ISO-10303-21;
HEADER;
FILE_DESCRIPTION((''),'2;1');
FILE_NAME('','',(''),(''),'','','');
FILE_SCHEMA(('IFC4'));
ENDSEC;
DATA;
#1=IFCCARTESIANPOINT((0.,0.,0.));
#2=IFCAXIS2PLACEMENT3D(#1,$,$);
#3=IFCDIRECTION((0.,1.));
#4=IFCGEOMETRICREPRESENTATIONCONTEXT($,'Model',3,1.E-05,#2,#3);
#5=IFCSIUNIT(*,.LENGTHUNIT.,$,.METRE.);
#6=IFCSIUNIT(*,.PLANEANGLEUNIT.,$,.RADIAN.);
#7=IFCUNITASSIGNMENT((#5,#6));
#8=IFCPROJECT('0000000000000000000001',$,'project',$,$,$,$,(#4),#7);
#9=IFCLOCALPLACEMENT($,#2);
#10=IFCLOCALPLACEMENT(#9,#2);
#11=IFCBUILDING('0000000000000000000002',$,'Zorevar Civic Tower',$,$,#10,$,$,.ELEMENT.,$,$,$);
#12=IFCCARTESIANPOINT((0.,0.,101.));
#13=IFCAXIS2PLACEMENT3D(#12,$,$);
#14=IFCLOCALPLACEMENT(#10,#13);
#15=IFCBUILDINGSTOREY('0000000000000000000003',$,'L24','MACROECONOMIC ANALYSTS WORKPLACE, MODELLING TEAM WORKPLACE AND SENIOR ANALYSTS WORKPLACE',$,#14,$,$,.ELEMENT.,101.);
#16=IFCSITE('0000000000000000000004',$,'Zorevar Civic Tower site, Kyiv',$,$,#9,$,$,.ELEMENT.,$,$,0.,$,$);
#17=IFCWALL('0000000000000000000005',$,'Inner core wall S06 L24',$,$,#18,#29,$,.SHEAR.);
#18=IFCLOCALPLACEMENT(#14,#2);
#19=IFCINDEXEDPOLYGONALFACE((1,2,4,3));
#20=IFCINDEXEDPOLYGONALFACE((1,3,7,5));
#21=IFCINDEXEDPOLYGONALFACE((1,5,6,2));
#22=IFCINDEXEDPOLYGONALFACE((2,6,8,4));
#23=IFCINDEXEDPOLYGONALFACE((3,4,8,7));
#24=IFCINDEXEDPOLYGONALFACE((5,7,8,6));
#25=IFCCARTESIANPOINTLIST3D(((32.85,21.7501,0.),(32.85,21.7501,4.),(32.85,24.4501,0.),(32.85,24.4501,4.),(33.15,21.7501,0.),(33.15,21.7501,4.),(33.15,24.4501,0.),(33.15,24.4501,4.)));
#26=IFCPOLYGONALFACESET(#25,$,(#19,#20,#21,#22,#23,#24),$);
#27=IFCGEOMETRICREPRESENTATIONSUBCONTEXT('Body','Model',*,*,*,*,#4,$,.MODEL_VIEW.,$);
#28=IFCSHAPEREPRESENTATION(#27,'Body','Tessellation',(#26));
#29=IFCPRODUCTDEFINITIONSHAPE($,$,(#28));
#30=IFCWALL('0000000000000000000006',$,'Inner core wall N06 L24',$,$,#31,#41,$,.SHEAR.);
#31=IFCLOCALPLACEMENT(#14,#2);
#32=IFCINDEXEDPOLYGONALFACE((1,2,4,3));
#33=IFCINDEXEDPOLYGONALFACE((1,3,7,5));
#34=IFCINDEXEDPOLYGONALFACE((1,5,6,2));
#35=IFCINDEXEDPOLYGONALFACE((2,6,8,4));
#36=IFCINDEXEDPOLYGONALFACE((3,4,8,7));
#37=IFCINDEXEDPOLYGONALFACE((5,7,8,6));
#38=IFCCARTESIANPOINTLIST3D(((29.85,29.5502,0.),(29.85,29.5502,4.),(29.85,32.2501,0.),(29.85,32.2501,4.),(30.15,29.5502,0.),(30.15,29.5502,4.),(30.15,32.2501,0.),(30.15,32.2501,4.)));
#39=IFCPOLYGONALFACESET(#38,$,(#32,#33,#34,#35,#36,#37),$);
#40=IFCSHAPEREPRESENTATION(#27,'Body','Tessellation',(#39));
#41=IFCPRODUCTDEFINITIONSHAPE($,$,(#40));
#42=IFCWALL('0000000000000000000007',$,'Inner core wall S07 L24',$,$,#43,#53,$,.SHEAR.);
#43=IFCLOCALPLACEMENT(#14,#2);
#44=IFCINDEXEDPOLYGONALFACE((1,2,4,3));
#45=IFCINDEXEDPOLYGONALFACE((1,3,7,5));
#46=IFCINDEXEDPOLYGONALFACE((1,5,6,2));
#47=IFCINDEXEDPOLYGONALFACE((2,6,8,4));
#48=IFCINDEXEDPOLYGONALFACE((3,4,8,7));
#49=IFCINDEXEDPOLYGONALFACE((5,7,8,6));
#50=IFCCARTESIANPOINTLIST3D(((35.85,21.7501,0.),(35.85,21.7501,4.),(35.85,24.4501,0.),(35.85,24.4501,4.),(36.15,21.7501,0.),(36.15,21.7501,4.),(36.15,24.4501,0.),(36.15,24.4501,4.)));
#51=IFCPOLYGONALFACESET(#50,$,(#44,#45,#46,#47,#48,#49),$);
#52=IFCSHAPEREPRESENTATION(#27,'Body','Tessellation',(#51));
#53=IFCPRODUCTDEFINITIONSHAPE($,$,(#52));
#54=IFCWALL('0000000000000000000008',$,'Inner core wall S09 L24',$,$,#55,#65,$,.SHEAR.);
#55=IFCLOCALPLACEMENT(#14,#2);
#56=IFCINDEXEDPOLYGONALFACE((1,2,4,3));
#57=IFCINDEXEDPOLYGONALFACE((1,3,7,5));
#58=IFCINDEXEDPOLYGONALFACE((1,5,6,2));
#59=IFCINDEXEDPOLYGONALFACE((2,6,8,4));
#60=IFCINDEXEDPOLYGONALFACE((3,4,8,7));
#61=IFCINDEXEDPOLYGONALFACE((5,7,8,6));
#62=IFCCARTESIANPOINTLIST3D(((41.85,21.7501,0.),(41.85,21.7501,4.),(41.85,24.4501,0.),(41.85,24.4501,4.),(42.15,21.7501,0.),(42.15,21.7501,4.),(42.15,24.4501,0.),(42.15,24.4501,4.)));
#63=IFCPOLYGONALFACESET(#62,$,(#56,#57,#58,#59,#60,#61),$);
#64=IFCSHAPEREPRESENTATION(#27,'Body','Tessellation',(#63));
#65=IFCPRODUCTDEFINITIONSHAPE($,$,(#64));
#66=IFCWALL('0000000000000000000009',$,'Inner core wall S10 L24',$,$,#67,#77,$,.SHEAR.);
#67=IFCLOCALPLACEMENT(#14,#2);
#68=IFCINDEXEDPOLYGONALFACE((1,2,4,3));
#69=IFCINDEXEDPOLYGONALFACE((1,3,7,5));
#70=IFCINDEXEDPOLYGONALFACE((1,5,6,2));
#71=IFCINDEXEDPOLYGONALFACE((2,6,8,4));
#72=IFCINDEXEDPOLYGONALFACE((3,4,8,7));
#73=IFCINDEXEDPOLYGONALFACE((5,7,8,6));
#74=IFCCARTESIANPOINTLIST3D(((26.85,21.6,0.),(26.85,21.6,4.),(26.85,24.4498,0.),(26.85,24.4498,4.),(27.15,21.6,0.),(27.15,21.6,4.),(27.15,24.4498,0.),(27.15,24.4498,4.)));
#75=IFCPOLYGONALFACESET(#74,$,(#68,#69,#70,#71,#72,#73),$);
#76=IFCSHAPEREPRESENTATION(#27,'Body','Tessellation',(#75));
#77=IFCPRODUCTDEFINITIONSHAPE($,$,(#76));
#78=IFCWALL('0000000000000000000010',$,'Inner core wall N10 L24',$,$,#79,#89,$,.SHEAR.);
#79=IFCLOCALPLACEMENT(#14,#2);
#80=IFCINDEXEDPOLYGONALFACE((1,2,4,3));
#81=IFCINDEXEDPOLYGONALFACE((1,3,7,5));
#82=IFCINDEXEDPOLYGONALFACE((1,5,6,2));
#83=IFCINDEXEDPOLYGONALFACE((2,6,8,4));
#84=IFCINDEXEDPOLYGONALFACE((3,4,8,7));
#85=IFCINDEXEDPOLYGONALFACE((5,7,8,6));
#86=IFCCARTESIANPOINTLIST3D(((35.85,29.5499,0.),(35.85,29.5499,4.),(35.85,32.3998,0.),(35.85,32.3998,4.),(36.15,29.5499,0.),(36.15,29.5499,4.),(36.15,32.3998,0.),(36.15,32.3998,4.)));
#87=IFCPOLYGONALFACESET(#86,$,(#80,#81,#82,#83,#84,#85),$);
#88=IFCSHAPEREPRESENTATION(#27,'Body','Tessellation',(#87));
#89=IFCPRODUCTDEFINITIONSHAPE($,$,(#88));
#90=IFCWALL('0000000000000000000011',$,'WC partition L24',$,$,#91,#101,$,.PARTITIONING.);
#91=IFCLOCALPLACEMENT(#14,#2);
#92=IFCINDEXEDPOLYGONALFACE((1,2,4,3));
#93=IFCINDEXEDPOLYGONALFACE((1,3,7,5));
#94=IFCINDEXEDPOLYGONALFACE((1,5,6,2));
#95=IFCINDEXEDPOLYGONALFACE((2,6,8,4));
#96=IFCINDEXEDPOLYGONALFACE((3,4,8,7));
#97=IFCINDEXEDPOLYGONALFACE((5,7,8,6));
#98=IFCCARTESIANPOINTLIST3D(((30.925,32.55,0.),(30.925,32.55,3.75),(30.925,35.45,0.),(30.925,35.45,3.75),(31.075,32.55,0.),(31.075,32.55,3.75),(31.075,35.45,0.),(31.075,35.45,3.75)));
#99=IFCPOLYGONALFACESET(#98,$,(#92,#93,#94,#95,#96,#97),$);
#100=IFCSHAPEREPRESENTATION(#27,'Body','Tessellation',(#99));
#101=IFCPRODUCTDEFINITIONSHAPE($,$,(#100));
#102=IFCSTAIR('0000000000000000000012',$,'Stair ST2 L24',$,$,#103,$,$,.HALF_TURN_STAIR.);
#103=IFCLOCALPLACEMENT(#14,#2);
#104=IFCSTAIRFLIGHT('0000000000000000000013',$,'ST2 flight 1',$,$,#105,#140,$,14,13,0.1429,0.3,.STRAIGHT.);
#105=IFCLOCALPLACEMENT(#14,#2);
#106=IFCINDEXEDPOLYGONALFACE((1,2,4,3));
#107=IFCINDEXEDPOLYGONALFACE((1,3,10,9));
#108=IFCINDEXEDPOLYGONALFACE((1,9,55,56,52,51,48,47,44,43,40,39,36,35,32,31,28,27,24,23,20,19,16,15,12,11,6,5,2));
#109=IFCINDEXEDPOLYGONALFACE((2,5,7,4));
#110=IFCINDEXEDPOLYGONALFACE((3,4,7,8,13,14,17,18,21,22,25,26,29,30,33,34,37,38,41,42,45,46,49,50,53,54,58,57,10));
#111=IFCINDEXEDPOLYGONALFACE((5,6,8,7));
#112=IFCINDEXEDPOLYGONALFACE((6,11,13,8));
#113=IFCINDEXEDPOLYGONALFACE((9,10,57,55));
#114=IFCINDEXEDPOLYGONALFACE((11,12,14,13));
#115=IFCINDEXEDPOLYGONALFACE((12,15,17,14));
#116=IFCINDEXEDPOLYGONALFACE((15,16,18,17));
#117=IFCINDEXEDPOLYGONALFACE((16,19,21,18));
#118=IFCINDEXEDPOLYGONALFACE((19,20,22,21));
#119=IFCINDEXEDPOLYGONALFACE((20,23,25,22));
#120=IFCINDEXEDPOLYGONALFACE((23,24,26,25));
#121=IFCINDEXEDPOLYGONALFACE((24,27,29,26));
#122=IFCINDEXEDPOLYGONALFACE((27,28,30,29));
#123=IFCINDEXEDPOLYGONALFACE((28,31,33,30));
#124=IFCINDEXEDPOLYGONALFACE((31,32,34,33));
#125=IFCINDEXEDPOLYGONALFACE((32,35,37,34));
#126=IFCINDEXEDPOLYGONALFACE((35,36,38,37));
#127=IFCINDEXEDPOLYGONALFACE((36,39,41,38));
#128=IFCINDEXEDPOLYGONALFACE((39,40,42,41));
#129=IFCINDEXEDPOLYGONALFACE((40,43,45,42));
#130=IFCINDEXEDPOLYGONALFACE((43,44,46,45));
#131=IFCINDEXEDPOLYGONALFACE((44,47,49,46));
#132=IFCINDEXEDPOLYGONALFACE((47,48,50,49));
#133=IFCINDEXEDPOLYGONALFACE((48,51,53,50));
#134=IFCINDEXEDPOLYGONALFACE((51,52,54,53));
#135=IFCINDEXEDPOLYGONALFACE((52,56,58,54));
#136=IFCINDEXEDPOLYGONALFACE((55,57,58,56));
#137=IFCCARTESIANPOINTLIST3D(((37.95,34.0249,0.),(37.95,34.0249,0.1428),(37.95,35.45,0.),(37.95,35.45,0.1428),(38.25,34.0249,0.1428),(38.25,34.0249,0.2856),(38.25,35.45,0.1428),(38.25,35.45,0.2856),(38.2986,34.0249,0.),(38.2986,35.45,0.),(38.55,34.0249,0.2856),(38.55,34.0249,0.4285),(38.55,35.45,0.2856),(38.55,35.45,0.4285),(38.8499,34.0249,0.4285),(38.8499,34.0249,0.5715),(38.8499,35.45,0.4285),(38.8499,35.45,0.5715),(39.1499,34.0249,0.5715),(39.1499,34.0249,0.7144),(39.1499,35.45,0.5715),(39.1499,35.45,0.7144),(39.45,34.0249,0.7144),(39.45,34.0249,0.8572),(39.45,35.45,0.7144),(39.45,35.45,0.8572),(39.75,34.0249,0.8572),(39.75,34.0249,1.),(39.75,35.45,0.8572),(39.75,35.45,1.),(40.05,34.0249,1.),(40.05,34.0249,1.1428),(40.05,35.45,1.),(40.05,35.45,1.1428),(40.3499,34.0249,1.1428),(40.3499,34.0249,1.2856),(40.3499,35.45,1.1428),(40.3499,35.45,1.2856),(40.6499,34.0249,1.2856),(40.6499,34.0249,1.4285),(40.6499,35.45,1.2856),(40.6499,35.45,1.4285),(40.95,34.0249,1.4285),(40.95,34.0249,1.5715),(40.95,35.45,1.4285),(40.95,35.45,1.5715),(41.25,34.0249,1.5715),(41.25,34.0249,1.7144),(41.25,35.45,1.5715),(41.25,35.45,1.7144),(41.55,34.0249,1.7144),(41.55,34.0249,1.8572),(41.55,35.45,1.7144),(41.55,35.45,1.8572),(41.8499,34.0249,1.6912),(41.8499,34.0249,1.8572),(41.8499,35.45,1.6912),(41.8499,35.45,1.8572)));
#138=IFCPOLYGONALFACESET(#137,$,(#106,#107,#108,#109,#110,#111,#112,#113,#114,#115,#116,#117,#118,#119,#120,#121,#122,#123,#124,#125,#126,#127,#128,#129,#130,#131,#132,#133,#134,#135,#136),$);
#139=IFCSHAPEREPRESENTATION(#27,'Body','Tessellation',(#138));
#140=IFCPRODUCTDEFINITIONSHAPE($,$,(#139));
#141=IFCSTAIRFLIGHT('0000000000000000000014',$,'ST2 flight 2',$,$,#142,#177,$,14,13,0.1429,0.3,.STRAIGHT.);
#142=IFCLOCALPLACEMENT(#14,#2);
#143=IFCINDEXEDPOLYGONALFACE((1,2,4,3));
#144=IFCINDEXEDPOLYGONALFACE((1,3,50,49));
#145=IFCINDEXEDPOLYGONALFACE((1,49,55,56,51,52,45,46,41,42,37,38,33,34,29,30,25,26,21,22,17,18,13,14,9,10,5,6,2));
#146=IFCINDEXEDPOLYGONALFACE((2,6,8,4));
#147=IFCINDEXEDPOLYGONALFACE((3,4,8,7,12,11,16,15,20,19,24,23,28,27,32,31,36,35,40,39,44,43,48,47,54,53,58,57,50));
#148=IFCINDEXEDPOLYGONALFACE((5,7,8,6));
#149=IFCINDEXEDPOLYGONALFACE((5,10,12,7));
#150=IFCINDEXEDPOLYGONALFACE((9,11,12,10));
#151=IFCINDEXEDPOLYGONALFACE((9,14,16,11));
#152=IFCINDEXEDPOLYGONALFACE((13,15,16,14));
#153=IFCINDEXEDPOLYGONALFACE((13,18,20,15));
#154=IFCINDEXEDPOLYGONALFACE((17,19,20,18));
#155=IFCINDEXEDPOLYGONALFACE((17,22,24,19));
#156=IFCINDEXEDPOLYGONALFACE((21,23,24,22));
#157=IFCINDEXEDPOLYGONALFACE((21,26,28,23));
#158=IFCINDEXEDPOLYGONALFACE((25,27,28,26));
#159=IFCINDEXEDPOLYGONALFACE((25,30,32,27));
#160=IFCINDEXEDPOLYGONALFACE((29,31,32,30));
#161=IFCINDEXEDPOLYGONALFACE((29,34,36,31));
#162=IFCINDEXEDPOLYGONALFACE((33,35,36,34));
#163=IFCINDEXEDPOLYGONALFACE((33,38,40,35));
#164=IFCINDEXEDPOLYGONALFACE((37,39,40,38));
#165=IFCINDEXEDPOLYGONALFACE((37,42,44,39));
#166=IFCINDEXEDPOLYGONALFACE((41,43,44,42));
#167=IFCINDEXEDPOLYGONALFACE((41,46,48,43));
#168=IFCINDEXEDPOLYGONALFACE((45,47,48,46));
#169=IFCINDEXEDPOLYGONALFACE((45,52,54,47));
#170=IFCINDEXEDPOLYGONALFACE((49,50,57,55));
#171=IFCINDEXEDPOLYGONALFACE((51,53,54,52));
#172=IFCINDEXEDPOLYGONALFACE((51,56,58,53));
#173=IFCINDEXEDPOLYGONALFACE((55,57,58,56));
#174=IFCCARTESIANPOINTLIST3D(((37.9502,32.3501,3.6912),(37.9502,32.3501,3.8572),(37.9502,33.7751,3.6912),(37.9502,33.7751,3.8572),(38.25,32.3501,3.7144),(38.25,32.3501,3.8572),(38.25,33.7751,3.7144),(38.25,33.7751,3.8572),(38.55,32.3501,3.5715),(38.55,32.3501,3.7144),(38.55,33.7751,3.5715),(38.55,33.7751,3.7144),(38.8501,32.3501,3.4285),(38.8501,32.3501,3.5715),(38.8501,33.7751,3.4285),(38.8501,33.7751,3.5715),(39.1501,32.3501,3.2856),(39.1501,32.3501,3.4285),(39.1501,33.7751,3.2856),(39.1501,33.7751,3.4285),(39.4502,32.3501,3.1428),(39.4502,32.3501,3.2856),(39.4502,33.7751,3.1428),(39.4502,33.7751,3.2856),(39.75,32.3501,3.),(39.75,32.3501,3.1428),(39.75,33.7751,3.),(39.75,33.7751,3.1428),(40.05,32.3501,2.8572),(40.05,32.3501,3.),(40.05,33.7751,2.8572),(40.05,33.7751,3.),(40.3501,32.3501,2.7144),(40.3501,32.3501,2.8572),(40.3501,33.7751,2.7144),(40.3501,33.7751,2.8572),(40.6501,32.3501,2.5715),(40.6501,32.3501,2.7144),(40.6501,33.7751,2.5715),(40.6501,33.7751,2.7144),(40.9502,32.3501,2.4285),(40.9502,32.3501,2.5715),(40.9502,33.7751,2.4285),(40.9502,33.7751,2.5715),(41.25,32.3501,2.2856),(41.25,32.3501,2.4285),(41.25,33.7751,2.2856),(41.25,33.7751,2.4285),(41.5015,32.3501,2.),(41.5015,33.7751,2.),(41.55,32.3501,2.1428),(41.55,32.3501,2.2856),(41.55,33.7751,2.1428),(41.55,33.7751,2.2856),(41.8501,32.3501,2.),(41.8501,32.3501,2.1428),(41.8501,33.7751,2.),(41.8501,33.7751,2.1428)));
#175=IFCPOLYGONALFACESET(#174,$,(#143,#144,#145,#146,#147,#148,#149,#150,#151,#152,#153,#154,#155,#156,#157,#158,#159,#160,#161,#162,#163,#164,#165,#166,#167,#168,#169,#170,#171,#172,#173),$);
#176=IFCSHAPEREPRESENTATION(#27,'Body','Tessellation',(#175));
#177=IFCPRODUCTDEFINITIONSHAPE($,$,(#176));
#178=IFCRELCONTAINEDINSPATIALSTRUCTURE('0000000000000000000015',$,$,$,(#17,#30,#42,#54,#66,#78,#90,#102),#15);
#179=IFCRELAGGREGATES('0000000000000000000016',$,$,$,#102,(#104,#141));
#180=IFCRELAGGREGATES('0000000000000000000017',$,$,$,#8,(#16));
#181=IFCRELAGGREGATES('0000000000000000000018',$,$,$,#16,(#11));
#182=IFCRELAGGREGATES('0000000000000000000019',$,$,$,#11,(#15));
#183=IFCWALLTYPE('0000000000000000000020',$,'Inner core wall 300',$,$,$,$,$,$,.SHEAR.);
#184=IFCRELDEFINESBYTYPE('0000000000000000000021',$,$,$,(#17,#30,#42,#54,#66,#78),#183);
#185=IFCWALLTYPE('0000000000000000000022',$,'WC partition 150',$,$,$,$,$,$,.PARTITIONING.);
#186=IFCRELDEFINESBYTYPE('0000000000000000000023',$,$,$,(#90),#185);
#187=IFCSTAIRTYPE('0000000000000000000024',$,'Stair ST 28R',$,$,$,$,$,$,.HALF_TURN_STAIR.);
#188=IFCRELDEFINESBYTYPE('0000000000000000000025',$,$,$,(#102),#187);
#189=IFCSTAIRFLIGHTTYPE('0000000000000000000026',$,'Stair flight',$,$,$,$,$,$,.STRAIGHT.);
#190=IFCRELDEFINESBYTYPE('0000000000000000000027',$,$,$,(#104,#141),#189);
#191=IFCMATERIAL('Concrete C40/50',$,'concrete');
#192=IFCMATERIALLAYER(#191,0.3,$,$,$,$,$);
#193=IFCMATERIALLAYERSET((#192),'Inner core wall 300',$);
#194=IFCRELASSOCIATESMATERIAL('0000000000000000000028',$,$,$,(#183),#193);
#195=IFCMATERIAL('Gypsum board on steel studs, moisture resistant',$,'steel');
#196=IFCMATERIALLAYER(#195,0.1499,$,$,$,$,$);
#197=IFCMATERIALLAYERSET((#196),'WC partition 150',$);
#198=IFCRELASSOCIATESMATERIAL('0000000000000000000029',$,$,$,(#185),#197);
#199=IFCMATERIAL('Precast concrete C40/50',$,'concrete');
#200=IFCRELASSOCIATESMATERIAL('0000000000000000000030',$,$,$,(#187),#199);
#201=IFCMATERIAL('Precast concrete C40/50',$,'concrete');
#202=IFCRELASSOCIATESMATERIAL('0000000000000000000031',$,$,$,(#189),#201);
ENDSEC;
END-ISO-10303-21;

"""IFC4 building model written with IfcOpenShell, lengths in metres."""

from ifc_helpers import new_model, si_unit, direction, frame, frame_2d, origin, place, context, subcontext, project, spatial, polyline, rectangle, outline, extrude, material, layer, layer_set, type_object, element, aggregate, save


model = new_model("IFC4")

# Units and contexts
model_context = context("Model", 3, precision=1e-05, world=origin(), true_north=direction((0.0, 1.0)))
body_context = subcontext(model_context, "Body", "Model", "MODEL_VIEW")
ifc_project = project(units=[si_unit("LENGTHUNIT", "METRE"), si_unit("PLANEANGLEUNIT", "RADIAN")], contexts=[model_context])

# Site, building, storey
site_placement = place(None, origin())
site = spatial("IfcSite", under=ifc_project, at=site_placement, Name="Zorevar Civic Tower site, Kyiv", CompositionType="ELEMENT", RefElevation=0.0)
building_placement = place(site_placement, origin())
building = spatial("IfcBuilding", under=site, at=building_placement, Name="Zorevar Civic Tower", CompositionType="ELEMENT")
storey_placement = place(building_placement, frame((0.0, 0.0, 101.0)))
storey = spatial("IfcBuildingStorey", under=building, at=storey_placement, Name="L24", Description="MACROECONOMIC ANALYSTS WORKPLACE, MODELLING TEAM WORKPLACE AND SENIOR ANALYSTS WORKPLACE", CompositionType="ELEMENT", Elevation=101.0)

# Shared definitions
ifc_material_1 = material(Name="Concrete C40/50", Category="concrete")
ifc_layer_1 = layer(ifc_material_1, 0.3)
ifc_layer_set_1 = layer_set([ifc_layer_1], Name="Inner core wall 300")
wall_type_1 = type_object("IfcWallType", Name="Inner core wall 300", PredefinedType="SHEAR", material=ifc_layer_set_1)

# Walls
for number, where, z_axis, x_axis, name in (
    (1, (33.0, 21.75, 0.0), (0.0, 0.0, 1.0), (0.0, 1.0, 0.0), "Inner core wall S06 L24"),
    (2, (30.0, 29.55, 0.0), (0.0, 0.0, 1.0), (0.0, 1.0, 0.0), "Inner core wall N06 L24"),
    (3, (36.0, 21.75, 0.0), (0.0, 0.0, 1.0), (0.0, 1.0, 0.0), "Inner core wall S07 L24"),
    (4, (42.0, 21.75, 0.0), (0.0, 0.0, 1.0), (0.0, 1.0, 0.0), "Inner core wall S09 L24"),
):
    element("IfcWall", number, at=place(storey_placement, frame(where, z_axis=z_axis, x_axis=x_axis)), inside=storey, type_object=wall_type_1, Name=name, PredefinedType="SHEAR", context=body_context, shape_type="SweptSolid", body=[
        extrude(rectangle(XDim=2.7, YDim=0.3, at=frame_2d((1.3501, 0.0))), origin(), (0.0, 0.0, 1.0), 4.0),
    ])
for number, where, z_axis, x_axis, name in (
    (5, (27.0, 21.6001, 0.0), (0.0, 0.0, 1.0), (0.0, 1.0, 0.0), "Inner core wall S10 L24"),
    (6, (36.0, 29.55, 0.0), (0.0, 0.0, 1.0), (0.0, 1.0, 0.0), "Inner core wall N10 L24"),
):
    element("IfcWall", number, at=place(storey_placement, frame(where, z_axis=z_axis, x_axis=x_axis)), inside=storey, type_object=wall_type_1, Name=name, PredefinedType="SHEAR", context=body_context, shape_type="SweptSolid", body=[
        extrude(rectangle(XDim=2.8499, YDim=0.3, at=frame_2d((1.4248, 0.0))), origin(), (0.0, 0.0, 1.0), 4.0),
    ])
ifc_material_2 = material(Name="Gypsum board on steel studs, moisture resistant", Category="steel")
ifc_layer_2 = layer(ifc_material_2, 0.1499)
ifc_layer_set_2 = layer_set([ifc_layer_2], Name="WC partition 150")
wall_type_2 = type_object("IfcWallType", Name="WC partition 150", PredefinedType="PARTITIONING", material=ifc_layer_set_2)
wall_1_placement = place(storey_placement, frame((31.0, 32.55, 0.0), z_axis=(0.0, 0.0, 1.0), x_axis=(0.0, 1.0, 0.0)))
element("IfcWall", 7, at=wall_1_placement, inside=storey, type_object=wall_type_2, Name="WC partition L24", PredefinedType="PARTITIONING", context=body_context, shape_type="SweptSolid", body=[
    extrude(rectangle(XDim=2.8999, YDim=0.1499, at=frame_2d((1.45, 0.0))), origin(), (0.0, 0.0, 1.0), 3.75),
])

# Stair, stair flights
ifc_material_3 = material(Name="Precast concrete C40/50", Category="concrete")
stair_type = type_object("IfcStairType", Name="Stair ST 28R", PredefinedType="HALF_TURN_STAIR", material=ifc_material_3)
stair_placement = place(storey_placement, origin())
stair = element("IfcStair", 8, at=stair_placement, inside=storey, type_object=stair_type, Name="Stair ST2 L24", PredefinedType="HALF_TURN_STAIR")
ifc_material_4 = material(Name="Precast concrete C40/50", Category="concrete")
stair_flight_type = type_object("IfcStairFlightType", Name="Stair flight", PredefinedType="STRAIGHT", material=ifc_material_4)
stair_flight_1_placement = place(storey_placement, frame((37.95, 34.7375, 0.0), z_axis=(0.0, 0.0, 1.0), x_axis=(1.0, 0.0, 0.0)))
stair_flight_1 = element("IfcStairFlight", 9, at=stair_flight_1_placement, type_object=stair_flight_type, Name="ST2 flight 1", NumberOfRisers=14, NumberOfTreads=13, PredefinedType="STRAIGHT", RiserHeight=0.1429, TreadLength=0.3, context=body_context, shape_type="SweptSolid", body=[
    extrude(outline(polyline([(0.0, 0.0), (0.0, 0.1428), (0.3, 0.1428), (0.3, 0.2856), (0.6001, 0.2856), (0.6001, 0.4285), (0.8999, 0.4285), (0.8999, 0.5715), (1.2, 0.5715), (1.2, 0.7144), (1.5, 0.7144), (1.5, 0.8572), (1.8, 0.8572), (1.8, 1.0), (2.1001, 1.0), (2.1001, 1.1428), (2.3999, 1.1428), (2.3999, 1.2856), (2.7, 1.2856), (2.7, 1.4285), (3.0, 1.4285), (3.0, 1.5715), (3.3, 1.5715), (3.3, 1.7144), (3.6001, 1.7144), (3.6001, 1.8572), (3.8999, 1.8572), (3.8999, 2.0), (3.8999, 1.6912), (0.3486, 0.0), (0.0, 0.0)])), frame((0.0, 0.7124, 0.0), z_axis=(0.0, -1.0, 0.0), x_axis=(1.0, 0.0, 0.0)), (0.0, 0.0, 1.0), 1.425),
])
stair_flight_2_placement = place(storey_placement, frame((41.8501, 33.0625, 2.0), z_axis=(0.0, 0.0, 1.0), x_axis=(-1.0, 0.0, 0.0)))
stair_flight_2 = element("IfcStairFlight", 10, at=stair_flight_2_placement, type_object=stair_flight_type, Name="ST2 flight 2", NumberOfRisers=14, NumberOfTreads=13, PredefinedType="STRAIGHT", RiserHeight=0.1429, TreadLength=0.3, context=body_context, shape_type="SweptSolid", body=[
    extrude(outline(polyline([(0.0, 0.0), (0.0, 0.1428), (0.3, 0.1428), (0.3, 0.2856), (0.6001, 0.2856), (0.6001, 0.4285), (0.8999, 0.4285), (0.8999, 0.5715), (1.2, 0.5715), (1.2, 0.7144), (1.5, 0.7144), (1.5, 0.8572), (1.8, 0.8572), (1.8, 1.0), (2.1001, 1.0), (2.1001, 1.1428), (2.3999, 1.1428), (2.3999, 1.2856), (2.7, 1.2856), (2.7, 1.4285), (3.0, 1.4285), (3.0, 1.5715), (3.3, 1.5715), (3.3, 1.7144), (3.6001, 1.7144), (3.6001, 1.8572), (3.8999, 1.8572), (3.8999, 2.0), (3.8999, 1.6912), (0.3486, 0.0), (0.0, 0.0)])), frame((0.0, 0.7124, 0.0), z_axis=(0.0, -1.0, 0.0), x_axis=(1.0, 0.0, 0.0)), (0.0, 0.0, 1.0), 1.425),
])
aggregate(stair, [stair_flight_1, stair_flight_2])

save(model, "model.ifc")
